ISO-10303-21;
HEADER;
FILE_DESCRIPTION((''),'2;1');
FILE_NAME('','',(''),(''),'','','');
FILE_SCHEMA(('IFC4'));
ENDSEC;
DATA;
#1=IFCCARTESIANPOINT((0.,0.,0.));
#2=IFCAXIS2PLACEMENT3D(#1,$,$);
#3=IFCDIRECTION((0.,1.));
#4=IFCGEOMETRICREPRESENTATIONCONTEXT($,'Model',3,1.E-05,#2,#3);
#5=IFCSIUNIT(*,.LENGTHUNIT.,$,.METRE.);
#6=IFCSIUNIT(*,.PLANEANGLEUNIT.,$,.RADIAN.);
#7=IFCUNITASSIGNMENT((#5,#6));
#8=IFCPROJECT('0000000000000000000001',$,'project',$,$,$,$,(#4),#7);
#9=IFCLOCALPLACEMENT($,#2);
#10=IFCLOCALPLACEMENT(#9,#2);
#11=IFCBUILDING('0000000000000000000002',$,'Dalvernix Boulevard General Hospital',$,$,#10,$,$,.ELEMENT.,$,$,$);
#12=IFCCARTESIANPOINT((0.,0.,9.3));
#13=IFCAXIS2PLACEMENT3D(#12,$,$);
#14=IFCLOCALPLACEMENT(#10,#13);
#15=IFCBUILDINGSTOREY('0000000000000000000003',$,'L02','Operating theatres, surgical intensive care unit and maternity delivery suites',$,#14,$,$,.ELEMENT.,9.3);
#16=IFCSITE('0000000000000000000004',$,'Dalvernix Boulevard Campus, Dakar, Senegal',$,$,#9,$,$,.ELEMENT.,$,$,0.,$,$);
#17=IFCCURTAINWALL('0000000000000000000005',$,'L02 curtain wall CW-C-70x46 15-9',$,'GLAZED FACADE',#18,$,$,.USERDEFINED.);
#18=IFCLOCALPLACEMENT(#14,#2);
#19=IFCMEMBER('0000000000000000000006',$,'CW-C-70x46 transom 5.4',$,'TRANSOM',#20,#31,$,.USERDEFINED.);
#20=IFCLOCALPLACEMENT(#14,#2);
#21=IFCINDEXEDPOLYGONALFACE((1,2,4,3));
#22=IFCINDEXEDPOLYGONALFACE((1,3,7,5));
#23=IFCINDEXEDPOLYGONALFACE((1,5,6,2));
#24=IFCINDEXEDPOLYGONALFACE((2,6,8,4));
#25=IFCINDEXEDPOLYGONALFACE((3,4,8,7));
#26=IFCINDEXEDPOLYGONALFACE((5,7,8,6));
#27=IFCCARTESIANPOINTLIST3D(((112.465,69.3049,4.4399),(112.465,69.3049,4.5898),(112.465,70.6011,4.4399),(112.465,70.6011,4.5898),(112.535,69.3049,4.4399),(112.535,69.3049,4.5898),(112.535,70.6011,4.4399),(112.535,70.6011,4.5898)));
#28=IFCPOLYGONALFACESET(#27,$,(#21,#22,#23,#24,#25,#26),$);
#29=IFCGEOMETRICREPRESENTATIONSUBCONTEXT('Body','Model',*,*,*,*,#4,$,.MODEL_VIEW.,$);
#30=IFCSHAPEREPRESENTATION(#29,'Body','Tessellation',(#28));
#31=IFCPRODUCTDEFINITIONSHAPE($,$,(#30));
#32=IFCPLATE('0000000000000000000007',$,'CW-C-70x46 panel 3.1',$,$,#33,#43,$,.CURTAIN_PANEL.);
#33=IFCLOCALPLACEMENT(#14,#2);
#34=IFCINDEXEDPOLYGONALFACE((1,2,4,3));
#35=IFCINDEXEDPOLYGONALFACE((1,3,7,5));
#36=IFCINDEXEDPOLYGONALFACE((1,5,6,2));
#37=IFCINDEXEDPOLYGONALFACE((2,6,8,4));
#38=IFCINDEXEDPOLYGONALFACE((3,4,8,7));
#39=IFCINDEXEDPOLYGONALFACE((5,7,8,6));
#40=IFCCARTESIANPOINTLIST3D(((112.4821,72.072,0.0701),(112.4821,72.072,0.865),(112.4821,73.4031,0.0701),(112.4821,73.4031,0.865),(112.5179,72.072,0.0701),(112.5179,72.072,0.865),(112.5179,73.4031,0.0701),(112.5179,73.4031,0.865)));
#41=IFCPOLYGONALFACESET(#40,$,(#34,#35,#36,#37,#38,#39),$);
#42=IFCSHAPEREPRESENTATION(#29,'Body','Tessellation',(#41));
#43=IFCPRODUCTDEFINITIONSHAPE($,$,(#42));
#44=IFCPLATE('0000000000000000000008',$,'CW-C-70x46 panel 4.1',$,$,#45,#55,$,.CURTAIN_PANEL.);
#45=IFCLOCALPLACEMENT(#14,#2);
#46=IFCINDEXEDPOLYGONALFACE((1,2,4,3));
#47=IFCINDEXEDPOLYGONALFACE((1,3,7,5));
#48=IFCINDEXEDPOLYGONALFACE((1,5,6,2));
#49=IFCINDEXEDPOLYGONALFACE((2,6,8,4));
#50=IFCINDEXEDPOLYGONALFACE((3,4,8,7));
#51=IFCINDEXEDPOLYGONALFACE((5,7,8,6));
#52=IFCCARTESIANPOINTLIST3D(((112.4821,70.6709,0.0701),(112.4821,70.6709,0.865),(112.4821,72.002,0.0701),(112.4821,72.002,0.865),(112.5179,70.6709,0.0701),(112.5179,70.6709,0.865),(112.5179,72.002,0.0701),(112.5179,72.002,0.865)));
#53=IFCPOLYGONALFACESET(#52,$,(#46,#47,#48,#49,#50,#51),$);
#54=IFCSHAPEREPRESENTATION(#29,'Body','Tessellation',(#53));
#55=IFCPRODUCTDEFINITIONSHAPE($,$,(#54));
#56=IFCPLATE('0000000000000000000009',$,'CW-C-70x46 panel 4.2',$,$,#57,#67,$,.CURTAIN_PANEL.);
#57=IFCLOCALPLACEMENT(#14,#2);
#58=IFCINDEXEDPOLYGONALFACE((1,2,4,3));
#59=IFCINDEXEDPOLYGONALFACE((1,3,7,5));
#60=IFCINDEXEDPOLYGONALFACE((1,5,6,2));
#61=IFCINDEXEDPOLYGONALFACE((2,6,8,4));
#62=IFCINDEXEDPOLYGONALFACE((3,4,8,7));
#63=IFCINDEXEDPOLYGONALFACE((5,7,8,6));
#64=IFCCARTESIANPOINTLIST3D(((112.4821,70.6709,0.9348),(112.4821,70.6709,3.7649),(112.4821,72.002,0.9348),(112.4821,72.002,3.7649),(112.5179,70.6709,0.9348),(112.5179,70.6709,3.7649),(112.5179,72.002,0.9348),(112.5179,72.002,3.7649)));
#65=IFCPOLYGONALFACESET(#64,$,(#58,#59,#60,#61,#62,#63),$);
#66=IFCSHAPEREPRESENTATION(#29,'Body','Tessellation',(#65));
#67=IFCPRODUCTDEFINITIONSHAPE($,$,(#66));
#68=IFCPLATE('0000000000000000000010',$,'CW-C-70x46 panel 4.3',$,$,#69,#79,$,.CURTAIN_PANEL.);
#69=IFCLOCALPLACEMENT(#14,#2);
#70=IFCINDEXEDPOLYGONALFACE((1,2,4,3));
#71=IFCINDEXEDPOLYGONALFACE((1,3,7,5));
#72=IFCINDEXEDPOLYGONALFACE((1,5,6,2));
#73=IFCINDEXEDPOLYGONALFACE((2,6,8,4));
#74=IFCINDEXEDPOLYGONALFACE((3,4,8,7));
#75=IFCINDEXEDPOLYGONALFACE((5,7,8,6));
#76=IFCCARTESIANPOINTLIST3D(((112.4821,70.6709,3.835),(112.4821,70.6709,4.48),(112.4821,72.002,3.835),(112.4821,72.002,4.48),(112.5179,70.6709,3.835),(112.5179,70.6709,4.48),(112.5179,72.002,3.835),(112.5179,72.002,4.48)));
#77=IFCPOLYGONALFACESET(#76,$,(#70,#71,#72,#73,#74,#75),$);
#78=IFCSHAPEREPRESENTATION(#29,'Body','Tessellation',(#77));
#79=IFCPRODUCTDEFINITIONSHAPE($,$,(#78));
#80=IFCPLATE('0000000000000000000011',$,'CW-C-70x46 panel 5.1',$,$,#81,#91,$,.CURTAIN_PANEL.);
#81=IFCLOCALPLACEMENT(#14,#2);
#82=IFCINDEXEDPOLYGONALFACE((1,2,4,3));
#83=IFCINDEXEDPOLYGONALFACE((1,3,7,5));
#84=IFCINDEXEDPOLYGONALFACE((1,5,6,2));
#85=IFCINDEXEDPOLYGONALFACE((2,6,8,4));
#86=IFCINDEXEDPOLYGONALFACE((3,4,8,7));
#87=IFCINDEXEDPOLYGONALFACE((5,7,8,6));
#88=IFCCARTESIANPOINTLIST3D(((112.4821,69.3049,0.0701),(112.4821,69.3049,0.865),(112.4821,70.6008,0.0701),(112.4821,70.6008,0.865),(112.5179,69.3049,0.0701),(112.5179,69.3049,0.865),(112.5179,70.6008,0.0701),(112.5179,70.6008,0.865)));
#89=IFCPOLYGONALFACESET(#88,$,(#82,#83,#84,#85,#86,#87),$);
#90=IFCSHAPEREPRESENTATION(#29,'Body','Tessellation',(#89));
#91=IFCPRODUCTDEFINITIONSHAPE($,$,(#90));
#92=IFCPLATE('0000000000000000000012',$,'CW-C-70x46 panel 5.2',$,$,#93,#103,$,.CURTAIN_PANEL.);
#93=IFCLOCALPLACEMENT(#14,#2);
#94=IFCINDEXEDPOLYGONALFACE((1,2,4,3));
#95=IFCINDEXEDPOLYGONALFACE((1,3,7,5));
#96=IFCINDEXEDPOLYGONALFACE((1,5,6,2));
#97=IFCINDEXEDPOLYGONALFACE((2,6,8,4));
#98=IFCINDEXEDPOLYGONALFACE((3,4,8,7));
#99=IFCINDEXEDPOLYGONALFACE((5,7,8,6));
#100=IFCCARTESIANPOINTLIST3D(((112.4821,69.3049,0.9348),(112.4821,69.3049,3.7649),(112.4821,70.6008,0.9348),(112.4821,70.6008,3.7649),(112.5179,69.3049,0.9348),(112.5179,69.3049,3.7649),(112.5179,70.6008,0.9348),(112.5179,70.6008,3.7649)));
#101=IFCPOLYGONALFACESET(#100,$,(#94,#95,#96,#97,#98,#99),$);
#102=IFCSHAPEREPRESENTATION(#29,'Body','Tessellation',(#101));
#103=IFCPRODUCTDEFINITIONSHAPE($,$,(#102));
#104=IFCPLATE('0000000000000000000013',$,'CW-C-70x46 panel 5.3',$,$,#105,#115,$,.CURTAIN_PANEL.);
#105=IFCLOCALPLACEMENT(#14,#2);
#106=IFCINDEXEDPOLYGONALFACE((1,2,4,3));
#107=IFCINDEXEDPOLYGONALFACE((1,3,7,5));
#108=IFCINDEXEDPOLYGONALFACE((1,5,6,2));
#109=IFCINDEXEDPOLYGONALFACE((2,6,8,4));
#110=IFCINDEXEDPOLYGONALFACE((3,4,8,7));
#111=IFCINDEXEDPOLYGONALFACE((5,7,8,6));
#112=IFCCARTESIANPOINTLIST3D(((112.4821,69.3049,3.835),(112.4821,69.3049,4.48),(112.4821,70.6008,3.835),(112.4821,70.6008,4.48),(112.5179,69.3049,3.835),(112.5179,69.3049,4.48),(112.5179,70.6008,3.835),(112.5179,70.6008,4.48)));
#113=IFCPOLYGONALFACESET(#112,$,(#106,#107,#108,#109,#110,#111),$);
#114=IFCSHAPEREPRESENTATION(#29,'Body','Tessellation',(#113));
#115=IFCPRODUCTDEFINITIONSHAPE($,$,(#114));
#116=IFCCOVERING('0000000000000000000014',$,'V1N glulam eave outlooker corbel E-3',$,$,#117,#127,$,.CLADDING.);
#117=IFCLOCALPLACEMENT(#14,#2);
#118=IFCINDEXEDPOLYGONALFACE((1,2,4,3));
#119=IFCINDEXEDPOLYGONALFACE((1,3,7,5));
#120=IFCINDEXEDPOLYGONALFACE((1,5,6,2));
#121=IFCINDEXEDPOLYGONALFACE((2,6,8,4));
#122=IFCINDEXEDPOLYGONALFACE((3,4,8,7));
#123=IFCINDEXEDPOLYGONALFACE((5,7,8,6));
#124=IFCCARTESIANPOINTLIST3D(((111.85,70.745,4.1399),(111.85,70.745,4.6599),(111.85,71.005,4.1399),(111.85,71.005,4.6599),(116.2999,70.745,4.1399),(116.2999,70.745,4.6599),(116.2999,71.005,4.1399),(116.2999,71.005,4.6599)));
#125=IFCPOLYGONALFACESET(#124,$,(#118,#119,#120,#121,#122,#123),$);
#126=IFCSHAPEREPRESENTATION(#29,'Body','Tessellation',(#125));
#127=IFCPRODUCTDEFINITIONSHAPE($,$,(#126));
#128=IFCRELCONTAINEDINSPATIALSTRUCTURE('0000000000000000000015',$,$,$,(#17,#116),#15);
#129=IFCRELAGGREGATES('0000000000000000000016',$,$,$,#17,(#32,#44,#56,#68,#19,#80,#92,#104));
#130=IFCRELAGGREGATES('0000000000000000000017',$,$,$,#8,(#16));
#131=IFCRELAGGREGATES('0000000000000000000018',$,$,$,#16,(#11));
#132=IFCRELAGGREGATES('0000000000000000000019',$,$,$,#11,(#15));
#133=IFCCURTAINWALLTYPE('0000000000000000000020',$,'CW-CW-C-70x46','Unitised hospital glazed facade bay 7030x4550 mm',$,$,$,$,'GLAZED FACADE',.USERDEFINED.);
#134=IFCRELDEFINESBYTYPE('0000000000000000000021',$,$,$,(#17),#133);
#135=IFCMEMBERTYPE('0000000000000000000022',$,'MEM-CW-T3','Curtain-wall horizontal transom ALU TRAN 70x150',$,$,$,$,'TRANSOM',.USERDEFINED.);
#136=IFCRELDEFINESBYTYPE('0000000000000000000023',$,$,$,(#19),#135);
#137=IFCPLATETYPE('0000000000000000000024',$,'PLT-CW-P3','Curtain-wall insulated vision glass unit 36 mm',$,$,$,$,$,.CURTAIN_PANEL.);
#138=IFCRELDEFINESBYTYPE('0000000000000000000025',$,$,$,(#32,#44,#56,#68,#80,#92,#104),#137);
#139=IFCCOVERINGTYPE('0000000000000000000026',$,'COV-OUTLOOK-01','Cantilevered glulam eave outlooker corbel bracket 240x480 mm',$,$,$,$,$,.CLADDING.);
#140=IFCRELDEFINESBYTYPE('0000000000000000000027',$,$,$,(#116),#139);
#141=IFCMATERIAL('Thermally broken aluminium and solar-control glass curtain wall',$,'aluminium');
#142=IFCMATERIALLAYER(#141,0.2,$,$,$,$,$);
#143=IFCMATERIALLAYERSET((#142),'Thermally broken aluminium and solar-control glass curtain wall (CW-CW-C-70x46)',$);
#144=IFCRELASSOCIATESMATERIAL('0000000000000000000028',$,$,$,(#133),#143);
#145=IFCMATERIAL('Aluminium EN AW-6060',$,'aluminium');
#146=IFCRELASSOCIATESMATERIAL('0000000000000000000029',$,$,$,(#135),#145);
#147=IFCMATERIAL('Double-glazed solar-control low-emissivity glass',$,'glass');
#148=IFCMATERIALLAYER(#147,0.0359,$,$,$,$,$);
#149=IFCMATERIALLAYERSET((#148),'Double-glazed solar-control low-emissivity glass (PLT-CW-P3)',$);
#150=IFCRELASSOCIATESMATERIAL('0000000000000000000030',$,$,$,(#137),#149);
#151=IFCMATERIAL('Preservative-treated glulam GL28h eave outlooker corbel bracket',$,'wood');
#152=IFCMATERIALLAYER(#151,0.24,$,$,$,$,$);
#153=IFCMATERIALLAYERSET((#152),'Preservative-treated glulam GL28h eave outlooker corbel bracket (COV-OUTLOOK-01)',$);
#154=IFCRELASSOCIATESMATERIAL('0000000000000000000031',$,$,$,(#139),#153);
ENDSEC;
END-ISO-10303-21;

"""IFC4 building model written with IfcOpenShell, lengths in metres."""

from ifc_helpers import new_model, si_unit, direction, frame, origin, origin_2d, place, context, subcontext, project, spatial, rectangle, extrude, material, layer, layer_set, material_profile, profile_set, type_object, element, aggregate, save


model = new_model("IFC4")

# Units and contexts
model_context = context("Model", 3, precision=1e-05, world=origin(), true_north=direction((0.0, 1.0)))
body_context = subcontext(model_context, "Body", "Model", "MODEL_VIEW")
ifc_project = project(units=[si_unit("LENGTHUNIT", "METRE"), si_unit("PLANEANGLEUNIT", "RADIAN")], contexts=[model_context])

# Site, building, storey
site_placement = place(None, origin())
site = spatial("IfcSite", under=ifc_project, at=site_placement, Name="Dalvernix Boulevard Campus, Dakar, Senegal", CompositionType="ELEMENT", RefElevation=0.0)
building_placement = place(site_placement, origin())
building = spatial("IfcBuilding", under=site, at=building_placement, Name="Dalvernix Boulevard General Hospital", CompositionType="ELEMENT")
storey_placement = place(building_placement, frame((0.0, 0.0, 9.3)))
storey = spatial("IfcBuildingStorey", under=building, at=storey_placement, Name="L02", Description="Operating theatres, surgical intensive care unit and maternity delivery suites", CompositionType="ELEMENT", Elevation=9.3)

# Shared definitions
ifc_material_1 = material(Name="Thermally broken aluminium and solar-control glass curtain wall", Category="aluminium")
ifc_material_2 = material(Name="Aluminium EN AW-6060", Category="aluminium")

# Curtain wall
ifc_layer_1 = layer(ifc_material_1, 0.2)
ifc_layer_set_1 = layer_set([ifc_layer_1], Name="Thermally broken aluminium and solar-control glass curtain wall (CW-CW-C-70x46)")
curtain_wall_type_1 = type_object("IfcCurtainWallType", Name="CW-CW-C-70x46", Description="Unitised hospital glazed facade bay 7030x4550 mm", ElementType="GLAZED FACADE", PredefinedType="USERDEFINED", material=ifc_layer_set_1)
curtain_wall_1_placement = place(storey_placement, origin())
curtain_wall_1 = element("IfcCurtainWall", 1, at=curtain_wall_1_placement, inside=storey, type_object=curtain_wall_type_1, Name="L02 curtain wall CW-C-70x46 15-9", ObjectType="GLAZED FACADE", PredefinedType="USERDEFINED")

# Member
ifc_material_profile_1 = material_profile(ifc_material_2, rectangle(XDim=0.0701, YDim=0.1499, at=origin_2d()), Name="ALU TRAN 70x150")
ifc_profile_set_1 = profile_set([ifc_material_profile_1], Name="Aluminium EN AW-6060")
member_type_1 = type_object("IfcMemberType", Name="MEM-CW-T3", Description="Curtain-wall horizontal transom ALU TRAN 70x150", ElementType="TRANSOM", PredefinedType="USERDEFINED", material=ifc_profile_set_1)
member_1_placement = place(storey_placement, frame((112.5, 70.6011, 4.5149), z_axis=(0.0, -1.0, 0.0), x_axis=(1.0, 0.0, 0.0)))
member_1 = element("IfcMember", 2, at=member_1_placement, type_object=member_type_1, Name="CW-C-70x46 transom 5.4", ObjectType="TRANSOM", PredefinedType="USERDEFINED", context=body_context, shape_type="SweptSolid", body=[
    extrude(rectangle(XDim=0.0701, YDim=0.1499, at=origin_2d()), origin(), (0.0, 0.0, 1.0), 1.2961),
])

# Plates
ifc_material_3 = material(Name="Double-glazed solar-control low-emissivity glass", Category="glass")
ifc_layer_2 = layer(ifc_material_3, 0.0359)
ifc_layer_set_2 = layer_set([ifc_layer_2], Name="Double-glazed solar-control low-emissivity glass (PLT-CW-P3)")
plate_type = type_object("IfcPlateType", Name="PLT-CW-P3", Description="Curtain-wall insulated vision glass unit 36 mm", PredefinedType="CURTAIN_PANEL", material=ifc_layer_set_2)
plate_1_placement = place(storey_placement, frame((112.5, 72.7375, 0.0701), z_axis=(0.0, 0.0, 1.0), x_axis=(0.0, -1.0, 0.0)))
plate_1 = element("IfcPlate", 3, at=plate_1_placement, type_object=plate_type, Name="CW-C-70x46 panel 3.1", PredefinedType="CURTAIN_PANEL", context=body_context, shape_type="SweptSolid", body=[
    extrude(rectangle(XDim=1.3311, YDim=0.0359, at=origin_2d()), origin(), (0.0, 0.0, 1.0), 0.7949),
])
plate_2_placement = place(storey_placement, frame((112.5, 71.3364, 0.0701), z_axis=(0.0, 0.0, 1.0), x_axis=(0.0, -1.0, 0.0)))
plate_2 = element("IfcPlate", 4, at=plate_2_placement, type_object=plate_type, Name="CW-C-70x46 panel 4.1", PredefinedType="CURTAIN_PANEL", context=body_context, shape_type="SweptSolid", body=[
    extrude(rectangle(XDim=1.3311, YDim=0.0359, at=origin_2d()), origin(), (0.0, 0.0, 1.0), 0.7949),
])
plate_3_placement = place(storey_placement, frame((112.5, 71.3364, 0.9348), z_axis=(0.0, 0.0, 1.0), x_axis=(0.0, -1.0, 0.0)))
plate_3 = element("IfcPlate", 5, at=plate_3_placement, type_object=plate_type, Name="CW-C-70x46 panel 4.2", PredefinedType="CURTAIN_PANEL", context=body_context, shape_type="SweptSolid", body=[
    extrude(rectangle(XDim=1.3311, YDim=0.0359, at=origin_2d()), origin(), (0.0, 0.0, 1.0), 2.8301),
])
plate_4_placement = place(storey_placement, frame((112.5, 71.3364, 3.835), z_axis=(0.0, 0.0, 1.0), x_axis=(0.0, -1.0, 0.0)))
plate_4 = element("IfcPlate", 6, at=plate_4_placement, type_object=plate_type, Name="CW-C-70x46 panel 4.3", PredefinedType="CURTAIN_PANEL", context=body_context, shape_type="SweptSolid", body=[
    extrude(rectangle(XDim=1.3311, YDim=0.0359, at=origin_2d()), origin(), (0.0, 0.0, 1.0), 0.645),
])
plate_5_placement = place(storey_placement, frame((112.5, 69.9529, 0.0701), z_axis=(0.0, 0.0, 1.0), x_axis=(0.0, -1.0, 0.0)))
plate_5 = element("IfcPlate", 7, at=plate_5_placement, type_object=plate_type, Name="CW-C-70x46 panel 5.1", PredefinedType="CURTAIN_PANEL", context=body_context, shape_type="SweptSolid", body=[
    extrude(rectangle(XDim=1.2959, YDim=0.0359, at=origin_2d()), origin(), (0.0, 0.0, 1.0), 0.7949),
])
plate_6_placement = place(storey_placement, frame((112.5, 69.9529, 0.9348), z_axis=(0.0, 0.0, 1.0), x_axis=(0.0, -1.0, 0.0)))
plate_6 = element("IfcPlate", 8, at=plate_6_placement, type_object=plate_type, Name="CW-C-70x46 panel 5.2", PredefinedType="CURTAIN_PANEL", context=body_context, shape_type="SweptSolid", body=[
    extrude(rectangle(XDim=1.2959, YDim=0.0359, at=origin_2d()), origin(), (0.0, 0.0, 1.0), 2.8301),
])
plate_7_placement = place(storey_placement, frame((112.5, 69.9529, 3.835), z_axis=(0.0, 0.0, 1.0), x_axis=(0.0, -1.0, 0.0)))
plate_7 = element("IfcPlate", 9, at=plate_7_placement, type_object=plate_type, Name="CW-C-70x46 panel 5.3", PredefinedType="CURTAIN_PANEL", context=body_context, shape_type="SweptSolid", body=[
    extrude(rectangle(XDim=1.2959, YDim=0.0359, at=origin_2d()), origin(), (0.0, 0.0, 1.0), 0.645),
])
aggregate(curtain_wall_1, [plate_1, plate_2, plate_3, plate_4, member_1, plate_5, plate_6, plate_7])

# Covering
ifc_material_4 = material(Name="Preservative-treated glulam GL28h eave outlooker corbel bracket", Category="wood")
ifc_layer_3 = layer(ifc_material_4, 0.24)
ifc_layer_set_3 = layer_set([ifc_layer_3], Name="Preservative-treated glulam GL28h eave outlooker corbel bracket (COV-OUTLOOK-01)")
covering_type = type_object("IfcCoveringType", Name="COV-OUTLOOK-01", Description="Cantilevered glulam eave outlooker corbel bracket 240x480 mm", PredefinedType="CLADDING", material=ifc_layer_set_3)
covering_placement = place(storey_placement, frame((114.075, 70.875, 4.1399), z_axis=(0.0, 0.0, 1.0), x_axis=(1.0, 0.0, 0.0)))
element("IfcCovering", 10, at=covering_placement, inside=storey, type_object=covering_type, Name="V1N glulam eave outlooker corbel E-3", PredefinedType="CLADDING", context=body_context, shape_type="SweptSolid", body=[
    extrude(rectangle(XDim=4.45, YDim=0.26, at=origin_2d()), origin(), (0.0, 0.0, 1.0), 0.52),
])

save(model, "model.ifc")
